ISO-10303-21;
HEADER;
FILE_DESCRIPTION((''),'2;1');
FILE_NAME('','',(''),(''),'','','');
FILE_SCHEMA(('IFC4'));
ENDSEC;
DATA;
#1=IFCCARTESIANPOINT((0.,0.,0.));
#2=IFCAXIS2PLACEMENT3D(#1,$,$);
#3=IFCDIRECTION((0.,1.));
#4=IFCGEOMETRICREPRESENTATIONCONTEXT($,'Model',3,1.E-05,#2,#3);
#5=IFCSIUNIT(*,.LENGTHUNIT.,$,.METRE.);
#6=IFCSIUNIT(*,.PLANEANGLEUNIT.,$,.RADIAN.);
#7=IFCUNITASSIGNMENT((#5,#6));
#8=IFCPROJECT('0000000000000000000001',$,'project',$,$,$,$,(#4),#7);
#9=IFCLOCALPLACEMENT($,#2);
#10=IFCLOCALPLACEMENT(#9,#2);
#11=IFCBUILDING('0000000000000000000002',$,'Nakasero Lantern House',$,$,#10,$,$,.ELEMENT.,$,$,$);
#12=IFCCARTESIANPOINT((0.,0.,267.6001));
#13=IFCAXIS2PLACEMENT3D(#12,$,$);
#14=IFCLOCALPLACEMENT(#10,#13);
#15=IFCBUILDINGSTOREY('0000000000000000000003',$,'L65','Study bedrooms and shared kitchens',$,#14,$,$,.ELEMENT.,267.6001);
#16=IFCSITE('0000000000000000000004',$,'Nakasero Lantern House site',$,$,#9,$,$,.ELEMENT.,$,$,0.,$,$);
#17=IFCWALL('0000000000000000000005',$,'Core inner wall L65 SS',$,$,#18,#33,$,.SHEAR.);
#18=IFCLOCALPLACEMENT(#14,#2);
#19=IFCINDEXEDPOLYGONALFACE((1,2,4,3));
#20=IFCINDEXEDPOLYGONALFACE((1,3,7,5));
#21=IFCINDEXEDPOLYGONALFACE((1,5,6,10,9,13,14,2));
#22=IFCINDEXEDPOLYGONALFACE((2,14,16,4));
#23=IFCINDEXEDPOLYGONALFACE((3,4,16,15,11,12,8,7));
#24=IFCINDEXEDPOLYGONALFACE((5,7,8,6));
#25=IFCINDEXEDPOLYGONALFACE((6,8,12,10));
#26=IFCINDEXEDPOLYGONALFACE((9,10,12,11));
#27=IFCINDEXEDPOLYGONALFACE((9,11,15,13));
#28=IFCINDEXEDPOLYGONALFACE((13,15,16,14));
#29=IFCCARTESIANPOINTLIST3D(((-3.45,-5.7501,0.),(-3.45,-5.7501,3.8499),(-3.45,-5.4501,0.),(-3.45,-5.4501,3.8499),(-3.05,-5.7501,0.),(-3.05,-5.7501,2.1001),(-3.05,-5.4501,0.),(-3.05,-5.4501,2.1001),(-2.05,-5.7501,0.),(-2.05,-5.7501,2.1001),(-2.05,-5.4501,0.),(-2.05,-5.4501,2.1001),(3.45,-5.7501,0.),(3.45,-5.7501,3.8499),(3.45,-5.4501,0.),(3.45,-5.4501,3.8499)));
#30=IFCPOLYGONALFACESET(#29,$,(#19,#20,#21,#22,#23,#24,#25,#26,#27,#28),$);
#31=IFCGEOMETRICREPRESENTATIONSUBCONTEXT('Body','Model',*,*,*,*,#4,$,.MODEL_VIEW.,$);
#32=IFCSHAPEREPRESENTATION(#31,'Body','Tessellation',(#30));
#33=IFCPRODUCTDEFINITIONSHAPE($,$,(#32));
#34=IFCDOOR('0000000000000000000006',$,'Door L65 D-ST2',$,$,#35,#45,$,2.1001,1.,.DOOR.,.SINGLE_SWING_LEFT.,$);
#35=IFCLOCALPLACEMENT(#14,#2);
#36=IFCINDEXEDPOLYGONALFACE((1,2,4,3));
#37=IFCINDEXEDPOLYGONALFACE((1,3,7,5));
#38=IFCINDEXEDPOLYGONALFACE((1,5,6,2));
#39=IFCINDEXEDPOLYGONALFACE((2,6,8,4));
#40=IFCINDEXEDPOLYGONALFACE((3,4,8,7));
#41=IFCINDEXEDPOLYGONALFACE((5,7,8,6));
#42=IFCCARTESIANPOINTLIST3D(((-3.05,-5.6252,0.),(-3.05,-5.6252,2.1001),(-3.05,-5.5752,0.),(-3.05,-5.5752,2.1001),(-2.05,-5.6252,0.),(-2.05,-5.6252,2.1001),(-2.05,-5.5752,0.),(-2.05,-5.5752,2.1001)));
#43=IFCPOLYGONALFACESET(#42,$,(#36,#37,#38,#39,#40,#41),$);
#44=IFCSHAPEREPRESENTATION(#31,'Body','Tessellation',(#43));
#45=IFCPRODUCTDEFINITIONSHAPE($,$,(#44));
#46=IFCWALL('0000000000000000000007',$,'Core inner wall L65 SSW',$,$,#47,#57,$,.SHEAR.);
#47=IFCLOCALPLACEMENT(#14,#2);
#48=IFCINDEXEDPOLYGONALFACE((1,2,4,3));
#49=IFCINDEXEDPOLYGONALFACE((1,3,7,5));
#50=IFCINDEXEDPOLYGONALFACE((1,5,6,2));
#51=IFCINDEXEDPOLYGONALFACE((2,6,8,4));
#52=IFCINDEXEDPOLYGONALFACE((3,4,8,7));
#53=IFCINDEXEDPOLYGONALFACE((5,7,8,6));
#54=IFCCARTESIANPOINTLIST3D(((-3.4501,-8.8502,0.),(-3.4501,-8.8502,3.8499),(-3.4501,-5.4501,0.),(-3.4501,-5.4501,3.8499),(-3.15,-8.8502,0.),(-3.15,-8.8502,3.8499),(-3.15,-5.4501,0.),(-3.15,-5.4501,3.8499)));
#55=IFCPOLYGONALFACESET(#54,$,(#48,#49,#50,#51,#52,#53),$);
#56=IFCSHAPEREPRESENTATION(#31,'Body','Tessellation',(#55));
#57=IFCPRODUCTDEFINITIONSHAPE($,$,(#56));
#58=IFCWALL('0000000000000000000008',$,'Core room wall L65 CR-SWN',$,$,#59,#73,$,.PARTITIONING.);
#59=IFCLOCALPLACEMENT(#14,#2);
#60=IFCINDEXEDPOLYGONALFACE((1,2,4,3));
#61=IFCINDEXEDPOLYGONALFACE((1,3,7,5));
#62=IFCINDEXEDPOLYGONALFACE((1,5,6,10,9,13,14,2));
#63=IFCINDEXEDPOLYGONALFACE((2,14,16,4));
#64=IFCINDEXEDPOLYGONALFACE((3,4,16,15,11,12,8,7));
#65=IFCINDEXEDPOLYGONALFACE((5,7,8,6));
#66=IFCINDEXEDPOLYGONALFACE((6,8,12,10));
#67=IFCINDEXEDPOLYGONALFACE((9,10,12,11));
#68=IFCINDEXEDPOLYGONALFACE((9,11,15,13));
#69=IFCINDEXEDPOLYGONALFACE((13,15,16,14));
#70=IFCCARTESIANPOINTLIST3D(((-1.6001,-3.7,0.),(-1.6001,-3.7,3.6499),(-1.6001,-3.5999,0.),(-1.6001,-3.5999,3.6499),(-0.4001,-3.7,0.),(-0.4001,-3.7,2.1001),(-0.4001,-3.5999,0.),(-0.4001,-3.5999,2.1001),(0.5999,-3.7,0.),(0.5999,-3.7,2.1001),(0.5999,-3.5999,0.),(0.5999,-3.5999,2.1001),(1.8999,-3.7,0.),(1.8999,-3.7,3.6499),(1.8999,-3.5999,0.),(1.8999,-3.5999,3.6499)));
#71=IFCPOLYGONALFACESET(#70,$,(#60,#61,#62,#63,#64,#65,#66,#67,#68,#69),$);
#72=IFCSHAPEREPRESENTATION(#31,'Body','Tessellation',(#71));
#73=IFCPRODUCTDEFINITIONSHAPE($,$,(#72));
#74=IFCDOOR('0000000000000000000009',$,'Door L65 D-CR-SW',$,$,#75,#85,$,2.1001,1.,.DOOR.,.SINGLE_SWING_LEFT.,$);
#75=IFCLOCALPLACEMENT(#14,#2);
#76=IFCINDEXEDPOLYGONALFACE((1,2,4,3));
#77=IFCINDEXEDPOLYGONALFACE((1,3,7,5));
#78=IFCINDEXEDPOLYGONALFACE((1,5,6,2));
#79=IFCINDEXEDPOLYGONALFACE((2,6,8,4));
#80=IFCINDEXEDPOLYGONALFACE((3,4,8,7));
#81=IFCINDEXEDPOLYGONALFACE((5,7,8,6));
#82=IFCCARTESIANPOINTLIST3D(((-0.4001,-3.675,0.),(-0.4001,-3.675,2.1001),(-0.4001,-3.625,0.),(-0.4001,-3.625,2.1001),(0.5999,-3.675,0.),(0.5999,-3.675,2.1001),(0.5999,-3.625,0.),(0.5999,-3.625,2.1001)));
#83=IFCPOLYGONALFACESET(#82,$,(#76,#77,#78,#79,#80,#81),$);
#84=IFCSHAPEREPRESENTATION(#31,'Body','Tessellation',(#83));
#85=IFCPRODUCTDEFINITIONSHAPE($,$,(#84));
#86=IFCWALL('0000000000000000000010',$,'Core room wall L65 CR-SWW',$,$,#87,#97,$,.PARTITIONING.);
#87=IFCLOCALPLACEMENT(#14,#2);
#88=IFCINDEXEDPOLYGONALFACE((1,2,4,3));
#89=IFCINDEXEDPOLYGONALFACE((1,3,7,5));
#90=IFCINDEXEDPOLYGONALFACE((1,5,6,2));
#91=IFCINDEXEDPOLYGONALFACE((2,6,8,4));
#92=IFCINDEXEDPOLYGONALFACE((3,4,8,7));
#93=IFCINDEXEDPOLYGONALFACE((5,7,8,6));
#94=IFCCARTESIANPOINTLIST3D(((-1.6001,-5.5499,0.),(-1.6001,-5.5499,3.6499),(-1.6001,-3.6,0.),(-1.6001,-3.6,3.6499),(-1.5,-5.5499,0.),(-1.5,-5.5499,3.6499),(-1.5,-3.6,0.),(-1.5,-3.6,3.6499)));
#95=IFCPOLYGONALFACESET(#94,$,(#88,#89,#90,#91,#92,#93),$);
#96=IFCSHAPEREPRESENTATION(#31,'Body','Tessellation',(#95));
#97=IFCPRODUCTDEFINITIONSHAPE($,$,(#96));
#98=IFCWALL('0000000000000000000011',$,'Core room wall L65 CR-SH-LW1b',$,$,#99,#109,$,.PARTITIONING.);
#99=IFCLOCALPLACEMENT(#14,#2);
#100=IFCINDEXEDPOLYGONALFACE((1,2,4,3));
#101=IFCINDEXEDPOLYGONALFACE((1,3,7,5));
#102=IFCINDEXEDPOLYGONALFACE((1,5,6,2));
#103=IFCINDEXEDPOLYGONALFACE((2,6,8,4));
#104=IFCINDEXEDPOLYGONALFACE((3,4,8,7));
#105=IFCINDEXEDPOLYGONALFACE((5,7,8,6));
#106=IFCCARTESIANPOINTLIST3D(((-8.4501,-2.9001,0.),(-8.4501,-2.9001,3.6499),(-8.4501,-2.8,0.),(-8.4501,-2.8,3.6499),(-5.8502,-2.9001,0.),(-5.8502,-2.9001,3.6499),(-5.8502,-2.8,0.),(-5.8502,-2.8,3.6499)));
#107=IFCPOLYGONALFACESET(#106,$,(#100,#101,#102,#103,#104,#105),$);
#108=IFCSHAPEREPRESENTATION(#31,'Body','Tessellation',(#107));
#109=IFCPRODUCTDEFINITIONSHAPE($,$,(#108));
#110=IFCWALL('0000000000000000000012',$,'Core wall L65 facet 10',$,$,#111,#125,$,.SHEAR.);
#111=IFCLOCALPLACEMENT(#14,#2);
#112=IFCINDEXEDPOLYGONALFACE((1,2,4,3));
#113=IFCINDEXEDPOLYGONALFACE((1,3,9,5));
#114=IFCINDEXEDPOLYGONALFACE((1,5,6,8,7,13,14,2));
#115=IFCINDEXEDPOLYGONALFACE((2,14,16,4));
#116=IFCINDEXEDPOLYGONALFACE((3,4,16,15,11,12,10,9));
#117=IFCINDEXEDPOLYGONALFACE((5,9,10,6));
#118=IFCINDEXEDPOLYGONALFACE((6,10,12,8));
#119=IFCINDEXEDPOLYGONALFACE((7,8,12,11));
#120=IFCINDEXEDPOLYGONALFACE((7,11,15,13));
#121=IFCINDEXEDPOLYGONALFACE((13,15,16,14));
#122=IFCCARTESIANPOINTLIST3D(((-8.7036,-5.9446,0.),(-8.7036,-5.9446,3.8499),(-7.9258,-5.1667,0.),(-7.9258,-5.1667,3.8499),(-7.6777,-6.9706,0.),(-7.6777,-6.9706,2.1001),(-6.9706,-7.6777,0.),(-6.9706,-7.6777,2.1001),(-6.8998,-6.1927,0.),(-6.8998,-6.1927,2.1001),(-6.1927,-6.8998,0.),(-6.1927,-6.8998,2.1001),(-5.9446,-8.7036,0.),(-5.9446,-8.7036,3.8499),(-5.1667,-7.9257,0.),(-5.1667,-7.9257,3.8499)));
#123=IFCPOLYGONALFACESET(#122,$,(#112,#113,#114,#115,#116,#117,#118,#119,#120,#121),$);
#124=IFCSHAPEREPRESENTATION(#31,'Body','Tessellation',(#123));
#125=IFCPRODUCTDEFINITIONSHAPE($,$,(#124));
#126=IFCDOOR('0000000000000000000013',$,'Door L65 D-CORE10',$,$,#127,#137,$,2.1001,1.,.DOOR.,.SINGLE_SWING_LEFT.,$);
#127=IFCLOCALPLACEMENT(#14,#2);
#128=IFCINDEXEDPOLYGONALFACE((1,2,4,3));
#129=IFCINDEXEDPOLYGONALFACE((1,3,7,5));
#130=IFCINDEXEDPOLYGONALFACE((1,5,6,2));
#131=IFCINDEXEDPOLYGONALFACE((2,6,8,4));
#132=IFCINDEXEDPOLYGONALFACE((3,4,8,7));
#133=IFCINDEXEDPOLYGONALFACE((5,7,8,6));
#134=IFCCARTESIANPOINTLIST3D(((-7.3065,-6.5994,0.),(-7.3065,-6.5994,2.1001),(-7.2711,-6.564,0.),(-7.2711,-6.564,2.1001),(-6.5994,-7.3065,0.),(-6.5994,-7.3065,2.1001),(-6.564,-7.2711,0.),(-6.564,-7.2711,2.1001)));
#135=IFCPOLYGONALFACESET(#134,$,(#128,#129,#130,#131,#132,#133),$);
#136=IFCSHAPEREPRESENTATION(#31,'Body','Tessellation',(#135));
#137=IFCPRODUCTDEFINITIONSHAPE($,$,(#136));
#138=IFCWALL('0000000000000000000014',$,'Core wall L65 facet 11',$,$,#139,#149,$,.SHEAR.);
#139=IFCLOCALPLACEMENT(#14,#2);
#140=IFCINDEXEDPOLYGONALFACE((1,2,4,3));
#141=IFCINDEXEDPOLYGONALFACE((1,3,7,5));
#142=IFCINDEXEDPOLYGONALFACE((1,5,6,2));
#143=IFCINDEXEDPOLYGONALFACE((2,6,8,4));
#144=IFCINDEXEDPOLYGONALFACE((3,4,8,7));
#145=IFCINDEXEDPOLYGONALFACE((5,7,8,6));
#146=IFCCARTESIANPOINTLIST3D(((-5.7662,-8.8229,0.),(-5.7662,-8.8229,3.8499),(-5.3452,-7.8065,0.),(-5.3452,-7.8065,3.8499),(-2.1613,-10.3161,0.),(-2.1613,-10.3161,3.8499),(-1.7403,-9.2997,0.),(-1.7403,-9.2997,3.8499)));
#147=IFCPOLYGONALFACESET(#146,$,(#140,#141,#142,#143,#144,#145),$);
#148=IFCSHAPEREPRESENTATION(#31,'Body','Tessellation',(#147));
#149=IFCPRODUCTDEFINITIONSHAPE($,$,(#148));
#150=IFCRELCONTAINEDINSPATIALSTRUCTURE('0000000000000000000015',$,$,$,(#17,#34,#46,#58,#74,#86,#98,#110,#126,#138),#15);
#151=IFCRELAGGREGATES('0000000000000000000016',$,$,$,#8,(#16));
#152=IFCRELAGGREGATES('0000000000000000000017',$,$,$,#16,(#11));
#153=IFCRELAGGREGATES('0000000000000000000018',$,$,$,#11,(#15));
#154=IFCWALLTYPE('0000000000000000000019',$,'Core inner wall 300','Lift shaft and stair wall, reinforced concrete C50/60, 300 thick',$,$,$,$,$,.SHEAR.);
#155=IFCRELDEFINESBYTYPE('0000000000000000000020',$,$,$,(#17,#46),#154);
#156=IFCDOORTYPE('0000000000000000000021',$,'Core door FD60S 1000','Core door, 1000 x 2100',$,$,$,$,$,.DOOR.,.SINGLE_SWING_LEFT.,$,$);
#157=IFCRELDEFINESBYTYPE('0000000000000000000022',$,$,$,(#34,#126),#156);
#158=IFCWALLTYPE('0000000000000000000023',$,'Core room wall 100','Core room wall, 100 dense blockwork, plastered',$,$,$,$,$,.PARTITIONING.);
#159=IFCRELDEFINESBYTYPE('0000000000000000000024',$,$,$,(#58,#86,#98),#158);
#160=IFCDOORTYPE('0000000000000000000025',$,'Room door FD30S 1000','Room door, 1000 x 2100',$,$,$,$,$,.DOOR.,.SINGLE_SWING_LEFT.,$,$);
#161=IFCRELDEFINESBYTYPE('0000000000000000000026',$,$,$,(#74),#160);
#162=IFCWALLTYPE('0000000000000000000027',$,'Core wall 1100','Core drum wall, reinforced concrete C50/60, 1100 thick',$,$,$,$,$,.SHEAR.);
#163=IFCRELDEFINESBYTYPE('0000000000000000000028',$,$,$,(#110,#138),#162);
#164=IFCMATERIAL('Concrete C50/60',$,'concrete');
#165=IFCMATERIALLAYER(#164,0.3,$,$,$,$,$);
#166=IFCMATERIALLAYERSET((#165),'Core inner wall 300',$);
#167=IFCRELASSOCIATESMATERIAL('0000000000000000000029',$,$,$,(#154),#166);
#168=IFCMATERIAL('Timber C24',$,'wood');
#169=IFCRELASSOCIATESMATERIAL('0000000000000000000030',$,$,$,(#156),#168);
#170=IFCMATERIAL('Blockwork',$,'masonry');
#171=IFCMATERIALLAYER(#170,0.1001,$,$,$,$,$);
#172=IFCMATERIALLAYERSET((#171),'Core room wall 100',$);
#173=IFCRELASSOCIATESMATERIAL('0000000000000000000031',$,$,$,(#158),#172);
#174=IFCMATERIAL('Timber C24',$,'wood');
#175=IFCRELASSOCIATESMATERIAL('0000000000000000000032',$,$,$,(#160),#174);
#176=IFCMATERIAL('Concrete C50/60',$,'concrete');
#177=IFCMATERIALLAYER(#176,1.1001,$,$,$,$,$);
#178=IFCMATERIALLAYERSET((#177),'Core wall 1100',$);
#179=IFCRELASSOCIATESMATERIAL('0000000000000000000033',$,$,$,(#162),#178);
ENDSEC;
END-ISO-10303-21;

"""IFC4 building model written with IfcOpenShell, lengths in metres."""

from ifc_helpers import new_model, si_unit, direction, frame, frame_2d, origin, place, context, subcontext, project, spatial, rectangle, extrude, material, layer, layer_set, type_object, element, fill, save


model = new_model("IFC4")

# Units and contexts
model_context = context("Model", 3, precision=1e-05, world=origin(), true_north=direction((0.0, 1.0)))
body_context = subcontext(model_context, "Body", "Model", "MODEL_VIEW")
ifc_project = project(units=[si_unit("LENGTHUNIT", "METRE"), si_unit("PLANEANGLEUNIT", "RADIAN")], contexts=[model_context])

# Site, building, storey
site_placement = place(None, origin())
site = spatial("IfcSite", under=ifc_project, at=site_placement, Name="Nakasero Lantern House site", CompositionType="ELEMENT", RefElevation=0.0)
building_placement = place(site_placement, origin())
building = spatial("IfcBuilding", under=site, at=building_placement, Name="Nakasero Lantern House", CompositionType="ELEMENT")
storey_placement = place(building_placement, frame((0.0, 0.0, 267.6001)))
storey = spatial("IfcBuildingStorey", under=building, at=storey_placement, Name="L65", Description="Study bedrooms and shared kitchens", CompositionType="ELEMENT", Elevation=267.6001)

# Shared definitions
ifc_material_1 = material(Name="Concrete C50/60", Category="concrete")
ifc_layer_1 = layer(ifc_material_1, 0.3)
ifc_layer_set_1 = layer_set([ifc_layer_1], Name="Core inner wall 300")
wall_type_1 = type_object("IfcWallType", Name="Core inner wall 300", Description="Lift shaft and stair wall, reinforced concrete C50/60, 300 thick", PredefinedType="SHEAR", material=ifc_layer_set_1)

# Wall, opening, door
wall_1_placement = place(storey_placement, frame((-3.45, -5.6001, 0.0), z_axis=(0.0, 0.0, 1.0), x_axis=(1.0, 0.0, 0.0)))
wall_1 = element("IfcWall", 1, at=wall_1_placement, inside=storey, type_object=wall_type_1, Name="Core inner wall L65 SS", PredefinedType="SHEAR", context=body_context, shape_type="SweptSolid", body=[
    extrude(rectangle(XDim=6.8999, YDim=0.3, at=frame_2d((3.45, 0.0))), origin(), (0.0, 0.0, 1.0), 3.8499),
])
opening_1_placement = place(wall_1_placement, frame((0.3999, 0.0, 0.0)))
opening_1 = element("IfcOpeningElement", 2, at=opening_1_placement, cuts=wall_1, PredefinedType="OPENING", context=body_context, shape_type="SweptSolid", body=[
    extrude(rectangle(XDim=1.0, YDim=2.1001, at=frame_2d((0.5, 1.05))), frame((0.0, 0.1699, 0.0), z_axis=(0.0, -1.0, 0.0), x_axis=(1.0, 0.0, 0.0)), (0.0, 0.0, 1.0), 0.3401),
])
ifc_material_2 = material(Name="Timber C24", Category="wood")
door_type_1 = type_object("IfcDoorType", Name="Core door FD60S 1000", Description="Core door, 1000 x 2100", OperationType="SINGLE_SWING_LEFT", PredefinedType="DOOR", material=ifc_material_2)
door_1_placement = place(opening_1_placement, origin())
door_1 = element("IfcDoor", 3, at=door_1_placement, inside=storey, type_object=door_type_1, Name="Door L65 D-ST2", OperationType="SINGLE_SWING_LEFT", OverallHeight=2.1001, OverallWidth=1.0, PredefinedType="DOOR", context=body_context, shape_type="SweptSolid", body=[
    extrude(rectangle(XDim=1.0, YDim=2.1001, at=frame_2d((0.5, 1.05))), frame((0.0, 0.0249, 0.0), z_axis=(0.0, -1.0, 0.0), x_axis=(1.0, 0.0, 0.0)), (0.0, 0.0, 1.0), 0.05),
])
fill(opening_1, door_1)

# Wall
wall_2_placement = place(storey_placement, frame((-3.3, -5.45, 0.0), z_axis=(0.0, 0.0, 1.0), x_axis=(0.0, -1.0, 0.0)))
element("IfcWall", 4, at=wall_2_placement, inside=storey, type_object=wall_type_1, Name="Core inner wall L65 SSW", PredefinedType="SHEAR", context=body_context, shape_type="SweptSolid", body=[
    extrude(rectangle(XDim=3.4001, YDim=0.3, at=frame_2d((1.7002, 0.0))), origin(), (0.0, 0.0, 1.0), 3.8499),
])

# Wall, opening, door
ifc_material_3 = material(Name="Blockwork", Category="masonry")
ifc_layer_2 = layer(ifc_material_3, 0.1001)
ifc_layer_set_2 = layer_set([ifc_layer_2], Name="Core room wall 100")
wall_type_2 = type_object("IfcWallType", Name="Core room wall 100", Description="Core room wall, 100 dense blockwork, plastered", PredefinedType="PARTITIONING", material=ifc_layer_set_2)
wall_3_placement = place(storey_placement, frame((-1.6001, -3.6499, 0.0), z_axis=(0.0, 0.0, 1.0), x_axis=(1.0, 0.0, 0.0)))
wall_3 = element("IfcWall", 5, at=wall_3_placement, inside=storey, type_object=wall_type_2, Name="Core room wall L65 CR-SWN", PredefinedType="PARTITIONING", context=body_context, shape_type="SweptSolid", body=[
    extrude(rectangle(XDim=3.5, YDim=0.1001, at=frame_2d((1.75, 0.0))), origin(), (0.0, 0.0, 1.0), 3.6499),
])
opening_2_placement = place(wall_3_placement, frame((1.2, 0.0, 0.0)))
opening_2 = element("IfcOpeningElement", 6, at=opening_2_placement, cuts=wall_3, PredefinedType="OPENING", context=body_context, shape_type="SweptSolid", body=[
    extrude(rectangle(XDim=1.0, YDim=2.1001, at=frame_2d((0.5, 1.05))), frame((0.0, 0.0701, 0.0), z_axis=(0.0, -1.0, 0.0), x_axis=(1.0, 0.0, 0.0)), (0.0, 0.0, 1.0), 0.1401),
])
ifc_material_4 = material(Name="Timber C24", Category="wood")
door_type_2 = type_object("IfcDoorType", Name="Room door FD30S 1000", Description="Room door, 1000 x 2100", OperationType="SINGLE_SWING_LEFT", PredefinedType="DOOR", material=ifc_material_4)
door_2_placement = place(opening_2_placement, origin())
door_2 = element("IfcDoor", 7, at=door_2_placement, inside=storey, type_object=door_type_2, Name="Door L65 D-CR-SW", OperationType="SINGLE_SWING_LEFT", OverallHeight=2.1001, OverallWidth=1.0, PredefinedType="DOOR", context=body_context, shape_type="SweptSolid", body=[
    extrude(rectangle(XDim=1.0, YDim=2.1001, at=frame_2d((0.5, 1.05))), frame((0.0, 0.0249, 0.0), z_axis=(0.0, -1.0, 0.0), x_axis=(1.0, 0.0, 0.0)), (0.0, 0.0, 1.0), 0.05),
])
fill(opening_2, door_2)

# Walls
wall_4_placement = place(storey_placement, frame((-1.55, -5.55, 0.0), z_axis=(0.0, 0.0, 1.0), x_axis=(0.0, 1.0, 0.0)))
element("IfcWall", 8, at=wall_4_placement, inside=storey, type_object=wall_type_2, Name="Core room wall L65 CR-SWW", PredefinedType="PARTITIONING", context=body_context, shape_type="SweptSolid", body=[
    extrude(rectangle(XDim=1.95, YDim=0.1001, at=frame_2d((0.9751, 0.0))), origin(), (0.0, 0.0, 1.0), 3.6499),
])
wall_5_placement = place(storey_placement, frame((-8.45, -2.8501, 0.0), z_axis=(0.0, 0.0, 1.0), x_axis=(1.0, 0.0, 0.0)))
element("IfcWall", 9, at=wall_5_placement, inside=storey, type_object=wall_type_2, Name="Core room wall L65 CR-SH-LW1b", PredefinedType="PARTITIONING", context=body_context, shape_type="SweptSolid", body=[
    extrude(rectangle(XDim=2.5999, YDim=0.1001, at=frame_2d((1.2998, 0.0))), origin(), (0.0, 0.0, 1.0), 3.6499),
])

# Wall, opening, door
ifc_material_5 = material(Name="Concrete C50/60", Category="concrete")
ifc_layer_3 = layer(ifc_material_5, 1.1001)
ifc_layer_set_3 = layer_set([ifc_layer_3], Name="Core wall 1100")
wall_type_3 = type_object("IfcWallType", Name="Core wall 1100", Description="Core drum wall, reinforced concrete C50/60, 1100 thick", PredefinedType="SHEAR", material=ifc_layer_set_3)
wall_6_placement = place(storey_placement, frame((-8.3147, -5.5557, 0.0), z_axis=(0.0, 0.0, 1.0), x_axis=(0.707107, -0.707107, 0.0)))
wall_6 = element("IfcWall", 10, at=wall_6_placement, inside=storey, type_object=wall_type_3, Name="Core wall L65 facet 10", PredefinedType="SHEAR", context=body_context, shape_type="SweptSolid", body=[
    extrude(rectangle(XDim=3.9019, YDim=1.1001, at=frame_2d((1.9509, 0.0))), origin(), (0.0, 0.0, 1.0), 3.8499),
])
opening_3_placement = place(wall_6_placement, frame((1.4509, 0.0, 0.0)))
opening_3 = element("IfcOpeningElement", 11, at=opening_3_placement, cuts=wall_6, PredefinedType="OPENING", context=body_context, shape_type="SweptSolid", body=[
    extrude(rectangle(XDim=1.0, YDim=2.1001, at=frame_2d((0.5, 1.05))), frame((0.0, 0.5701, 0.0), z_axis=(0.0, -1.0, 0.0), x_axis=(1.0, 0.0, 0.0)), (0.0, 0.0, 1.0), 1.1401),
])
door_3_placement = place(opening_3_placement, origin())
door_3 = element("IfcDoor", 12, at=door_3_placement, inside=storey, type_object=door_type_1, Name="Door L65 D-CORE10", OperationType="SINGLE_SWING_LEFT", OverallHeight=2.1001, OverallWidth=1.0, PredefinedType="DOOR", context=body_context, shape_type="SweptSolid", body=[
    extrude(rectangle(XDim=1.0, YDim=2.1001, at=frame_2d((0.5, 1.05))), frame((0.0, 0.0249, 0.0), z_axis=(0.0, -1.0, 0.0), x_axis=(1.0, 0.0, 0.0)), (0.0, 0.0, 1.0), 0.05),
])
fill(opening_3, door_3)

# Wall
wall_7_placement = place(storey_placement, frame((-5.5557, -8.3147, 0.0), z_axis=(0.0, 0.0, 1.0), x_axis=(0.923877, -0.382691, 0.0)))
element("IfcWall", 13, at=wall_7_placement, inside=storey, type_object=wall_type_3, Name="Core wall L65 facet 11", PredefinedType="SHEAR", context=body_context, shape_type="SweptSolid", body=[
    extrude(rectangle(XDim=3.9019, YDim=1.1001, at=frame_2d((1.9509, 0.0))), origin(), (0.0, 0.0, 1.0), 3.8499),
])

save(model, "model.ifc")
